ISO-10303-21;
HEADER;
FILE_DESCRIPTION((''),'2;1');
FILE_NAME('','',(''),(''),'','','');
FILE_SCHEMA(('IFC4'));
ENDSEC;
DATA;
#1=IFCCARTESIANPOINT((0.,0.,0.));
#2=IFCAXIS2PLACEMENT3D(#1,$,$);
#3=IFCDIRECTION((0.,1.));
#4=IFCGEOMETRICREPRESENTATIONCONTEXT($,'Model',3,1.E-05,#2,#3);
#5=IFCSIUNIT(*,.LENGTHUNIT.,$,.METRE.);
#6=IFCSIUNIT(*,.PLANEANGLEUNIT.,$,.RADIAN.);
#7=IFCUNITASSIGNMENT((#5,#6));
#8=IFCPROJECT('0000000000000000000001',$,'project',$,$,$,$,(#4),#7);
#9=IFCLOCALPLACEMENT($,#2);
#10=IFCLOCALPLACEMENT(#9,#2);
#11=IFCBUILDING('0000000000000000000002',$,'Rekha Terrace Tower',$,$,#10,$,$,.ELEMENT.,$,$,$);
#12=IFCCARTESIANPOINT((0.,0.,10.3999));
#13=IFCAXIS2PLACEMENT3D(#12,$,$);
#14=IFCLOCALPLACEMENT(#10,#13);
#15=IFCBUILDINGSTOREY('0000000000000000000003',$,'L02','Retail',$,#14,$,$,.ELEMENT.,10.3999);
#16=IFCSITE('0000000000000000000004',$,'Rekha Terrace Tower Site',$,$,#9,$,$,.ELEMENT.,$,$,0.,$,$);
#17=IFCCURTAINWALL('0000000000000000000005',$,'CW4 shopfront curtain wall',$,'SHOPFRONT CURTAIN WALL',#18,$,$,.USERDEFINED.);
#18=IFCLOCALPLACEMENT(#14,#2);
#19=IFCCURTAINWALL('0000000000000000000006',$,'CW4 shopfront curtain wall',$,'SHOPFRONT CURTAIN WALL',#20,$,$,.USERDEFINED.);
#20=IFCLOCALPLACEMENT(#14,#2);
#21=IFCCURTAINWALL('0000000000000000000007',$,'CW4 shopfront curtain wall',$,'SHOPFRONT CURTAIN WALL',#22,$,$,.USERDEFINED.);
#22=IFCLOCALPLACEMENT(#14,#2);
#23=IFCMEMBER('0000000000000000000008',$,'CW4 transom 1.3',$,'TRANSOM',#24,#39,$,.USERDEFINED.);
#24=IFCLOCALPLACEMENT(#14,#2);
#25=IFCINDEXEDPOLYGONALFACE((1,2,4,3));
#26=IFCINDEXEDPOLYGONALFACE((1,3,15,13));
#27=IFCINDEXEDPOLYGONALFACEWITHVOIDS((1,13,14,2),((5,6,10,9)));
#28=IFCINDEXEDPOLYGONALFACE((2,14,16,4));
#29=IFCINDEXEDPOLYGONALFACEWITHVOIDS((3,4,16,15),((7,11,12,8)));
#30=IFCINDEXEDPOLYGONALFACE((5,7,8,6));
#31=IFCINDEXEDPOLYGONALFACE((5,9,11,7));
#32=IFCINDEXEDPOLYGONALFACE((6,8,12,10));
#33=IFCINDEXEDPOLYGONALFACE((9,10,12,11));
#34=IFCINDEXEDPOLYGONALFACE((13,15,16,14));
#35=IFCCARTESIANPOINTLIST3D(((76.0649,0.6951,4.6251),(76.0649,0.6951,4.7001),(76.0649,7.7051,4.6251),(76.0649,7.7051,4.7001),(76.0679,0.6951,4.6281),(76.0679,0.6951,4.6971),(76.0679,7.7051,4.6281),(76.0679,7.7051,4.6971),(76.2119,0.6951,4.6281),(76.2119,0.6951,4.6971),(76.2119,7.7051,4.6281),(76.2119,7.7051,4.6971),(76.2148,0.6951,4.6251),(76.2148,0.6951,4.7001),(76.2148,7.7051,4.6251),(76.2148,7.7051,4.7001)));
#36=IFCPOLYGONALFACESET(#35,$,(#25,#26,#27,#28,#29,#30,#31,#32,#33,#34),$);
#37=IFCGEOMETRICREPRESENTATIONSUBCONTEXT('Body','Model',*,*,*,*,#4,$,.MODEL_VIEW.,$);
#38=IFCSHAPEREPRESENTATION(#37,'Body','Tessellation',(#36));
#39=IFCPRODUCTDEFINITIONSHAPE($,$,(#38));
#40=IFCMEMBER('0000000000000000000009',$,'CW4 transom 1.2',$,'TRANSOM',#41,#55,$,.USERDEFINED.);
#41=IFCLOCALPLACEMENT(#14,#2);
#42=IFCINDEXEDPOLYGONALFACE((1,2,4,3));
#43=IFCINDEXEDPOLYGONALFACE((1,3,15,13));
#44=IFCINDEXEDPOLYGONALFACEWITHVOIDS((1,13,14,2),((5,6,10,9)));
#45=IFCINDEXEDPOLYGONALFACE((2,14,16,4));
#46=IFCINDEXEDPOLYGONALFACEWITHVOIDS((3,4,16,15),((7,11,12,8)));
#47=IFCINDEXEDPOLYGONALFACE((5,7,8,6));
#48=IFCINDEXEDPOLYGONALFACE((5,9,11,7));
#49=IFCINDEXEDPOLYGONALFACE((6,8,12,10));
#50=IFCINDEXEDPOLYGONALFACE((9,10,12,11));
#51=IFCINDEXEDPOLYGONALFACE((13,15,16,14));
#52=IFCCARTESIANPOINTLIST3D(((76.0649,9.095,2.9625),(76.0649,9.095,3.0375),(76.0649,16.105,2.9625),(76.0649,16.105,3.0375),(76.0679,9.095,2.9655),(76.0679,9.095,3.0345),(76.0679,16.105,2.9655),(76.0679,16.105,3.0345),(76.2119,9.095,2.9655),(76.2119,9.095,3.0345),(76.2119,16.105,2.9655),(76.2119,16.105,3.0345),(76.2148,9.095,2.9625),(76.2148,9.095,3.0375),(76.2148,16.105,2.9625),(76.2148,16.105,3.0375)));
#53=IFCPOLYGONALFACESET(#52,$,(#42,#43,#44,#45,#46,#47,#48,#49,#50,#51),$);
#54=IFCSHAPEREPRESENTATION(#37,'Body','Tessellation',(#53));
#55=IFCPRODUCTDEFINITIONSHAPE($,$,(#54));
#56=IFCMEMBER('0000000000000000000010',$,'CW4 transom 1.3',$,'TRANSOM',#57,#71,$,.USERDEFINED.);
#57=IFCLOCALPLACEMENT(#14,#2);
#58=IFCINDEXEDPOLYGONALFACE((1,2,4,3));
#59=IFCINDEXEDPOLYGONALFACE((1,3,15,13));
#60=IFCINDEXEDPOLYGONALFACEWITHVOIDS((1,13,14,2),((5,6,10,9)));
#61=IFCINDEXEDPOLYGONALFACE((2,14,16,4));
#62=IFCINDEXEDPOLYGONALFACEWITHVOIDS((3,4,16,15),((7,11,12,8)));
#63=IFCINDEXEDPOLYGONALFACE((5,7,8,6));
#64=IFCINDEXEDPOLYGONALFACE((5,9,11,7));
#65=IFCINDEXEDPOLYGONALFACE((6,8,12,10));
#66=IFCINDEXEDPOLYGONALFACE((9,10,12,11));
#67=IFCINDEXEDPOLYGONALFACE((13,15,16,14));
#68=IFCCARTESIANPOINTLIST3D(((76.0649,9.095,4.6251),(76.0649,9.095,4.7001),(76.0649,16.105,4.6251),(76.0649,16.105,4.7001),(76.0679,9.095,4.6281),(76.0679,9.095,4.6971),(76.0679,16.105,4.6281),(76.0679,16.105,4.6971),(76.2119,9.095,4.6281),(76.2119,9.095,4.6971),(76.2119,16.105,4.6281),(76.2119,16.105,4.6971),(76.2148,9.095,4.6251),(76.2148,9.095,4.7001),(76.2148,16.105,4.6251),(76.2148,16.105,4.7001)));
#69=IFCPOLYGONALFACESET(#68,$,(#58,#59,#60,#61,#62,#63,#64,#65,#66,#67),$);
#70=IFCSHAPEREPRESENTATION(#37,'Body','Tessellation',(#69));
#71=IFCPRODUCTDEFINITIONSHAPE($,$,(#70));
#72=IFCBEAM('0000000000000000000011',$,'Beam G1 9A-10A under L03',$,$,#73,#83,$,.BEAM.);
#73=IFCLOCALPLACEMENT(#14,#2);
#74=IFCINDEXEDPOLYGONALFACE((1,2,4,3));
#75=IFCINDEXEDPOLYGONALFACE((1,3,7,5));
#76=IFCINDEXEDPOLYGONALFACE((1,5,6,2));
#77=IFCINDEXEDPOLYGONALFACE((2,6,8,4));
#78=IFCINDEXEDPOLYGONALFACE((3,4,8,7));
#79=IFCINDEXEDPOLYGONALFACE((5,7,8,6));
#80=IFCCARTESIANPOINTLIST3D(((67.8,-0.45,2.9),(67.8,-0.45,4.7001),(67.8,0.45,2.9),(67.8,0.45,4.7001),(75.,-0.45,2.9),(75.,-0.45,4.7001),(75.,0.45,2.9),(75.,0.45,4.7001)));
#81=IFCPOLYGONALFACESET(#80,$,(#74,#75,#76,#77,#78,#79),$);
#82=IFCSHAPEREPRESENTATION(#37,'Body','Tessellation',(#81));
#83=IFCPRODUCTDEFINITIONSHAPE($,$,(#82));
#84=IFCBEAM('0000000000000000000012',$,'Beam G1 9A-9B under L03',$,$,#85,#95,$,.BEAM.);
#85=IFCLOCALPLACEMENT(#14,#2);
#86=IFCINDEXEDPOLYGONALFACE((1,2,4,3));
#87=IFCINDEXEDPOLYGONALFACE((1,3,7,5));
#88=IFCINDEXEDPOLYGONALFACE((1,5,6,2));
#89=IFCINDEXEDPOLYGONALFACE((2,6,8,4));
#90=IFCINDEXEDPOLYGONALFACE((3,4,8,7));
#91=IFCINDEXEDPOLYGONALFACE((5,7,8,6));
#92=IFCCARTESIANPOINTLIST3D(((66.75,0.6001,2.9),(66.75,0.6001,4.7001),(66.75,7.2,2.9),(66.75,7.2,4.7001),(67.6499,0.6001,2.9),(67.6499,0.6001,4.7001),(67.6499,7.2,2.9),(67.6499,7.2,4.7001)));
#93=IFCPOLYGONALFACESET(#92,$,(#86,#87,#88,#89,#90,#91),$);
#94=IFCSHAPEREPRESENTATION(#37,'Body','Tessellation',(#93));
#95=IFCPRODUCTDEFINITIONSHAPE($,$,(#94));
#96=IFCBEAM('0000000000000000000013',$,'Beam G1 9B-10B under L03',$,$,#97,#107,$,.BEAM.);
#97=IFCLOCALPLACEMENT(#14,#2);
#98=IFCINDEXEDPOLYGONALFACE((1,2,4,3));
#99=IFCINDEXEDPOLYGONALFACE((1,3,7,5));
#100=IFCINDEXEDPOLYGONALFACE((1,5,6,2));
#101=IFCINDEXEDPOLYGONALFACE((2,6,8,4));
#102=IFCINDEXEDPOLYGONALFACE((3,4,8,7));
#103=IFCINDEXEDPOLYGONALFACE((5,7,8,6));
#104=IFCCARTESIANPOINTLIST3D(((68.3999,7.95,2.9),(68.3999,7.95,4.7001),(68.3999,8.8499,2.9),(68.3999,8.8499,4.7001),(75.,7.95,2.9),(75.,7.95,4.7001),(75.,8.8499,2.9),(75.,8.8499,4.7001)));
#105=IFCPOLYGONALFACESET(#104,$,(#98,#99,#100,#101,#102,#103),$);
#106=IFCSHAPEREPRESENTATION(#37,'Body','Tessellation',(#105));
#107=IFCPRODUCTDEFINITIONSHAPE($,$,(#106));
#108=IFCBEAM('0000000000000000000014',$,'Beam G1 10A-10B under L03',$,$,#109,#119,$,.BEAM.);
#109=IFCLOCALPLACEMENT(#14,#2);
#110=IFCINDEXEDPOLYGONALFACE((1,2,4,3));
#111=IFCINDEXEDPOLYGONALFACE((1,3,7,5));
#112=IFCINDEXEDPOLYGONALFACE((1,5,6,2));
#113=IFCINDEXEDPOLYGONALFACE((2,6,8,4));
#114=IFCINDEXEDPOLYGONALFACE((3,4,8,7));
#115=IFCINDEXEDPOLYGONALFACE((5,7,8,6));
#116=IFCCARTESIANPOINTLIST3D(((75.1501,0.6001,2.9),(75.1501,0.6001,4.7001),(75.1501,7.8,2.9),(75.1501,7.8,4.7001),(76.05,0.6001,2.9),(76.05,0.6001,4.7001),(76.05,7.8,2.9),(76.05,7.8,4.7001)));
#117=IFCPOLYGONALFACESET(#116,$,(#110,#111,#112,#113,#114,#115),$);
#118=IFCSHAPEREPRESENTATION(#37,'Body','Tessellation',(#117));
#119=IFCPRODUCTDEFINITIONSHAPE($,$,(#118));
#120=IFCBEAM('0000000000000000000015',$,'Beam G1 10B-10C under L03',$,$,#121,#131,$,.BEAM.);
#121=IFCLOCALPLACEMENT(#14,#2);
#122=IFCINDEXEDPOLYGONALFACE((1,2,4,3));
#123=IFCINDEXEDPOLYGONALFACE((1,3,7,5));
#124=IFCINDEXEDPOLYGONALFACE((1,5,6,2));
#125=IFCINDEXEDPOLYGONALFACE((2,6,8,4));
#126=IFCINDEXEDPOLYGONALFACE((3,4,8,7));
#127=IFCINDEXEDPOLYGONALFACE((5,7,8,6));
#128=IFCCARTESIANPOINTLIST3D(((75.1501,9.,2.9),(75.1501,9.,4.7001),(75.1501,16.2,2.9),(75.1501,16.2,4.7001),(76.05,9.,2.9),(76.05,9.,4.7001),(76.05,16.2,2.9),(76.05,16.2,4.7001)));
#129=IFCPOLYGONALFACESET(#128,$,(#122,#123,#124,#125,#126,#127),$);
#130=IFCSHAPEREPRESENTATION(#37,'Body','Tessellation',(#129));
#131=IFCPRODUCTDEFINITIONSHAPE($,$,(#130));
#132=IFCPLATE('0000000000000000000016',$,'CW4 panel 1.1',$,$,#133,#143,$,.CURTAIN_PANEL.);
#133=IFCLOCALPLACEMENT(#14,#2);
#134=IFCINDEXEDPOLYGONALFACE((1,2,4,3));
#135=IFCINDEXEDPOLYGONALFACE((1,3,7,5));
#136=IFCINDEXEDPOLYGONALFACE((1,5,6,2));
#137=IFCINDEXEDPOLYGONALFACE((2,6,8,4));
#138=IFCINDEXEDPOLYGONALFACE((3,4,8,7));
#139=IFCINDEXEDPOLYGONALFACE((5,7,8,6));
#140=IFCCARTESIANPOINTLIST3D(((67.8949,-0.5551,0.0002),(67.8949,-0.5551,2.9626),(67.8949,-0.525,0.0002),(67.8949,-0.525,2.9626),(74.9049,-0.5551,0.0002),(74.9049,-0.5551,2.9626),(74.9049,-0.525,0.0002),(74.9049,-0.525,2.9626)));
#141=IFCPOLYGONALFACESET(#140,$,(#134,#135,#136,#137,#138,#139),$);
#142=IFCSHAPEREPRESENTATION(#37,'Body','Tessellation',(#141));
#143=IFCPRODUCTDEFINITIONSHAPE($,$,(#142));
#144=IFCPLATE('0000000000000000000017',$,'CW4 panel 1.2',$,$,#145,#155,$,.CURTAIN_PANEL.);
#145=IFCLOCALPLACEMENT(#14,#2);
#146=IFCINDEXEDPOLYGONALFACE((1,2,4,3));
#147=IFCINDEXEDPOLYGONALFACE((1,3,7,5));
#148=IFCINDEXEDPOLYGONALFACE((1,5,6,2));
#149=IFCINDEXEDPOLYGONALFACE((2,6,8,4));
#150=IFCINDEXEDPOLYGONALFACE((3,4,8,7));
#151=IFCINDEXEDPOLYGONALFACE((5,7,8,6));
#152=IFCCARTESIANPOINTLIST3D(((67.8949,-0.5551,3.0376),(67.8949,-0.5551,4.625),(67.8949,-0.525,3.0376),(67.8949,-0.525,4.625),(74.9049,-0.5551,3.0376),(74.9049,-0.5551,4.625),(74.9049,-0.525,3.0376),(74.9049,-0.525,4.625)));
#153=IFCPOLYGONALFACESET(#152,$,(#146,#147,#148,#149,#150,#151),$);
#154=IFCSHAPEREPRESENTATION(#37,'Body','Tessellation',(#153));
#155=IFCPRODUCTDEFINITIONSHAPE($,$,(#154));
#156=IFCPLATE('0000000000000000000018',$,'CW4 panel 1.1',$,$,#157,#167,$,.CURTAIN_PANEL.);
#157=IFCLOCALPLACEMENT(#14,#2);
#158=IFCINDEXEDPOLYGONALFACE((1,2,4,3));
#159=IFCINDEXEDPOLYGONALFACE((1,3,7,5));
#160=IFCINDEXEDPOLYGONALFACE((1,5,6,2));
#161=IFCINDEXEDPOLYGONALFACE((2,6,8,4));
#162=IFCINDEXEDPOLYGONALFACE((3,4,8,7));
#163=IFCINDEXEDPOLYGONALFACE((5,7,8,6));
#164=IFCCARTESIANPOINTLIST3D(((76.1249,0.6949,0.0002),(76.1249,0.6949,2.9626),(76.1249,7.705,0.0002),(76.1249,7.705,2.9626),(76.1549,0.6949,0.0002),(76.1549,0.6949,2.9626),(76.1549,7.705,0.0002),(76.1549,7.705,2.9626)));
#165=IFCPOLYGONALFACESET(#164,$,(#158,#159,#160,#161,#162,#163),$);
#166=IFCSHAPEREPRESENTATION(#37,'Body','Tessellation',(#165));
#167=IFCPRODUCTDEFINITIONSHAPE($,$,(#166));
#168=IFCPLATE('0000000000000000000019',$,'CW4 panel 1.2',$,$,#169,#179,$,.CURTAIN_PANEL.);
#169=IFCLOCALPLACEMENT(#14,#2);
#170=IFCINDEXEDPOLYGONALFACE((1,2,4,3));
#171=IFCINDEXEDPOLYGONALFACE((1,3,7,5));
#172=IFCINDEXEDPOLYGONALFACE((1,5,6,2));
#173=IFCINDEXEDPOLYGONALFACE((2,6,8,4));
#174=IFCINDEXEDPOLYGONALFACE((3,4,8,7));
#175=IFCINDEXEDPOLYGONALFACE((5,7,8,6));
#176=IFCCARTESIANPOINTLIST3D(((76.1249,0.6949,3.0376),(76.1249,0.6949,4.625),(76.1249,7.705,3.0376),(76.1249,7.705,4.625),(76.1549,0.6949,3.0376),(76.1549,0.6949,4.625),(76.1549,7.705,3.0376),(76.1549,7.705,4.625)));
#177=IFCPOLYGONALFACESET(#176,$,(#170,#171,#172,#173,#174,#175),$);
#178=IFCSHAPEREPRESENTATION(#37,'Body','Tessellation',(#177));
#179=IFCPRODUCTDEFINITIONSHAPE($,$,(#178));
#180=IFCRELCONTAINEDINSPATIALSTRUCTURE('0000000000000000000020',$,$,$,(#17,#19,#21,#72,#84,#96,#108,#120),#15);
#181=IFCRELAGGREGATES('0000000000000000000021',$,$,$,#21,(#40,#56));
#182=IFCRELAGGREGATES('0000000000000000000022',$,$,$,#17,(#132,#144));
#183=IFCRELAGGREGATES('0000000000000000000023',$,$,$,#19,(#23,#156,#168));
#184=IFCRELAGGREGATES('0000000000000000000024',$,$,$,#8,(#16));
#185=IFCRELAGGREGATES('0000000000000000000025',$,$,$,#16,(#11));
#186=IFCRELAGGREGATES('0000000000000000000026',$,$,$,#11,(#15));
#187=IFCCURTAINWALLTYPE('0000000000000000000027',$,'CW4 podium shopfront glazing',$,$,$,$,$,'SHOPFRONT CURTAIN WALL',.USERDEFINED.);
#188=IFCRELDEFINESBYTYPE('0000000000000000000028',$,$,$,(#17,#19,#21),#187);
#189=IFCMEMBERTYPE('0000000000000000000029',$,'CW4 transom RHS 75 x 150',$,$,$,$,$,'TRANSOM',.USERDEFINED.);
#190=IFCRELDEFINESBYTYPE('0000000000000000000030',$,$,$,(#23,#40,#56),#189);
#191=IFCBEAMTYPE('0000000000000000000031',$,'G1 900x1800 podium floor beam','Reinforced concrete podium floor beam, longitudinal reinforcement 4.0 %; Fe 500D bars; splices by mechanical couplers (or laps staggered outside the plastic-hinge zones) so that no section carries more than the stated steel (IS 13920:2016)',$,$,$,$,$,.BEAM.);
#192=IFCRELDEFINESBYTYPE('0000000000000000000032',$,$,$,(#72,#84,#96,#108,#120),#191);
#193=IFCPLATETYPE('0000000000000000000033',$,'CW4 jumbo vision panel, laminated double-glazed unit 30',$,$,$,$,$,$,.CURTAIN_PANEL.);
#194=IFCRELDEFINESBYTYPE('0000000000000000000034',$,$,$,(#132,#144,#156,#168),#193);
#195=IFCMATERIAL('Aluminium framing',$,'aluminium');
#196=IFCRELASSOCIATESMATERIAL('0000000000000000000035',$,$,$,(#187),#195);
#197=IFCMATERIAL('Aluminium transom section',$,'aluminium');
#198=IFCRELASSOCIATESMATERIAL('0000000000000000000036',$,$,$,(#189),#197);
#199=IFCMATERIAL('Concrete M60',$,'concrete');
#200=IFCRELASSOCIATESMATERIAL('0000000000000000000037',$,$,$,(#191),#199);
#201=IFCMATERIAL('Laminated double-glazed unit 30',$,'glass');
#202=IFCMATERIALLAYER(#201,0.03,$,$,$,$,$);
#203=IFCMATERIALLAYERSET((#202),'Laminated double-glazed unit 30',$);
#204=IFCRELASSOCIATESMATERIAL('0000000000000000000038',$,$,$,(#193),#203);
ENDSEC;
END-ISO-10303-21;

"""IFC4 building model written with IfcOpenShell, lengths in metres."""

from ifc_helpers import new_model, si_unit, direction, frame, origin, origin_2d, place, context, subcontext, project, spatial, rectangle, hollow_rectangle, extrude, material, layer, layer_set, material_profile, profile_set, type_object, element, aggregate, save


model = new_model("IFC4")

# Units and contexts
model_context = context("Model", 3, precision=1e-05, world=origin(), true_north=direction((0.0, 1.0)))
body_context = subcontext(model_context, "Body", "Model", "MODEL_VIEW")
ifc_project = project(units=[si_unit("LENGTHUNIT", "METRE"), si_unit("PLANEANGLEUNIT", "RADIAN")], contexts=[model_context])

# Site, building, storey
site_placement = place(None, origin())
site = spatial("IfcSite", under=ifc_project, at=site_placement, Name="Rekha Terrace Tower Site", CompositionType="ELEMENT", RefElevation=0.0)
building_placement = place(site_placement, origin())
building = spatial("IfcBuilding", under=site, at=building_placement, Name="Rekha Terrace Tower", CompositionType="ELEMENT")
storey_placement = place(building_placement, frame((0.0, 0.0, 10.3999)))
storey = spatial("IfcBuildingStorey", under=building, at=storey_placement, Name="L02", Description="Retail", CompositionType="ELEMENT", Elevation=10.3999)

# Shared definitions
ifc_material_1 = material(Name="Concrete M60", Category="concrete")

# Curtain walls
ifc_material_2 = material(Name="Aluminium framing", Category="aluminium")
curtain_wall_type = type_object("IfcCurtainWallType", Name="CW4 podium shopfront glazing", ElementType="SHOPFRONT CURTAIN WALL", PredefinedType="USERDEFINED", material=ifc_material_2)
curtain_wall_1_placement = place(storey_placement, origin())
curtain_wall_1 = element("IfcCurtainWall", 1, at=curtain_wall_1_placement, inside=storey, type_object=curtain_wall_type, Name="CW4 shopfront curtain wall", ObjectType="SHOPFRONT CURTAIN WALL", PredefinedType="USERDEFINED")
curtain_wall_2_placement = place(storey_placement, origin())
curtain_wall_2 = element("IfcCurtainWall", 2, at=curtain_wall_2_placement, inside=storey, type_object=curtain_wall_type, Name="CW4 shopfront curtain wall", ObjectType="SHOPFRONT CURTAIN WALL", PredefinedType="USERDEFINED")

# Curtain wall
curtain_wall_3_placement = place(storey_placement, origin())
curtain_wall_3 = element("IfcCurtainWall", 3, at=curtain_wall_3_placement, inside=storey, type_object=curtain_wall_type, Name="CW4 shopfront curtain wall", ObjectType="SHOPFRONT CURTAIN WALL", PredefinedType="USERDEFINED")

# Members
ifc_material_3 = material(Name="Aluminium transom section", Category="aluminium")
ifc_material_profile_1 = material_profile(ifc_material_3, hollow_rectangle(XDim=0.1499, YDim=0.075, WallThickness=0.0029, at=origin_2d()), Name="AL RHS 150x75")
ifc_profile_set_1 = profile_set([ifc_material_profile_1], Name="Aluminium transom section")
member_type_1 = type_object("IfcMemberType", Name="CW4 transom RHS 75 x 150", ElementType="TRANSOM", PredefinedType="USERDEFINED", material=ifc_profile_set_1)
member_1_placement = place(storey_placement, frame((76.1399, 0.6951, 4.6626), z_axis=(0.0, 1.0, 0.0), x_axis=(-1.0, 0.0, 0.0)))
member_1 = element("IfcMember", 4, at=member_1_placement, type_object=member_type_1, Name="CW4 transom 1.3", ObjectType="TRANSOM", PredefinedType="USERDEFINED", context=body_context, shape_type="SweptSolid", body=[
    extrude(hollow_rectangle(XDim=0.1499, YDim=0.075, WallThickness=0.0029, at=origin_2d()), origin(), (0.0, 0.0, 1.0), 7.01),
])
member_2_placement = place(storey_placement, frame((76.1399, 9.095, 3.0), z_axis=(0.0, 1.0, 0.0), x_axis=(-1.0, 0.0, 0.0)))
member_2 = element("IfcMember", 5, at=member_2_placement, type_object=member_type_1, Name="CW4 transom 1.2", ObjectType="TRANSOM", PredefinedType="USERDEFINED", context=body_context, shape_type="SweptSolid", body=[
    extrude(hollow_rectangle(XDim=0.1499, YDim=0.075, WallThickness=0.0029, at=origin_2d()), origin(), (0.0, 0.0, 1.0), 7.01),
])
member_3_placement = place(storey_placement, frame((76.1399, 9.095, 4.6626), z_axis=(0.0, 1.0, 0.0), x_axis=(-1.0, 0.0, 0.0)))
member_3 = element("IfcMember", 6, at=member_3_placement, type_object=member_type_1, Name="CW4 transom 1.3", ObjectType="TRANSOM", PredefinedType="USERDEFINED", context=body_context, shape_type="SweptSolid", body=[
    extrude(hollow_rectangle(XDim=0.1499, YDim=0.075, WallThickness=0.0029, at=origin_2d()), origin(), (0.0, 0.0, 1.0), 7.01),
])
aggregate(curtain_wall_3, [member_2, member_3])

# Beams
ifc_material_profile_2 = material_profile(ifc_material_1, rectangle(XDim=0.8999, YDim=1.8, at=origin_2d()), Name="RC 900x1800")
ifc_profile_set_2 = profile_set([ifc_material_profile_2], Name="Concrete M60")
beam_type = type_object("IfcBeamType", Name="G1 900x1800 podium floor beam", Description="Reinforced concrete podium floor beam, longitudinal reinforcement 4.0 %; Fe 500D bars; splices by mechanical couplers (or laps staggered outside the plastic-hinge zones) so that no section carries more than the stated steel (IS 13920:2016)", PredefinedType="BEAM", material=ifc_profile_set_2)
beam_1_placement = place(storey_placement, frame((67.8, 0.0, 3.8), z_axis=(1.0, 0.0, 0.0), x_axis=(0.0, 1.0, 0.0)))
element("IfcBeam", 7, at=beam_1_placement, inside=storey, type_object=beam_type, Name="Beam G1 9A-10A under L03", PredefinedType="BEAM", context=body_context, shape_type="SweptSolid", body=[
    extrude(rectangle(XDim=0.8999, YDim=1.8, at=origin_2d()), origin(), (0.0, 0.0, 1.0), 7.2),
])
beam_2_placement = place(storey_placement, frame((67.2, 0.6001, 3.8), z_axis=(0.0, 1.0, 0.0), x_axis=(-1.0, 0.0, 0.0)))
element("IfcBeam", 8, at=beam_2_placement, inside=storey, type_object=beam_type, Name="Beam G1 9A-9B under L03", PredefinedType="BEAM", context=body_context, shape_type="SweptSolid", body=[
    extrude(rectangle(XDim=0.8999, YDim=1.8, at=origin_2d()), origin(), (0.0, 0.0, 1.0), 6.5999),
])
beam_3_placement = place(storey_placement, frame((68.3999, 8.3999, 3.8), z_axis=(1.0, 0.0, 0.0), x_axis=(0.0, 1.0, 0.0)))
element("IfcBeam", 9, at=beam_3_placement, inside=storey, type_object=beam_type, Name="Beam G1 9B-10B under L03", PredefinedType="BEAM", context=body_context, shape_type="SweptSolid", body=[
    extrude(rectangle(XDim=0.8999, YDim=1.8, at=origin_2d()), origin(), (0.0, 0.0, 1.0), 6.6001),
])
for number, where, z_axis, x_axis, name in (
    (10, (75.6001, 0.6001, 3.8), (0.0, 1.0, 0.0), (-1.0, 0.0, 0.0), "Beam G1 10A-10B under L03"),
    (11, (75.6001, 9.0, 3.8), (0.0, 1.0, 0.0), (-1.0, 0.0, 0.0), "Beam G1 10B-10C under L03"),
):
    element("IfcBeam", number, at=place(storey_placement, frame(where, z_axis=z_axis, x_axis=x_axis)), inside=storey, type_object=beam_type, Name=name, PredefinedType="BEAM", context=body_context, shape_type="SweptSolid", body=[
        extrude(rectangle(XDim=0.8999, YDim=1.8, at=origin_2d()), origin(), (0.0, 0.0, 1.0), 7.2),
    ])

# Plates
ifc_material_4 = material(Name="Laminated double-glazed unit 30", Category="glass")
ifc_layer = layer(ifc_material_4, 0.03)
ifc_layer_set = layer_set([ifc_layer], Name="Laminated double-glazed unit 30")
plate_type = type_object("IfcPlateType", Name="CW4 jumbo vision panel, laminated double-glazed unit 30", PredefinedType="CURTAIN_PANEL", material=ifc_layer_set)
plate_1_placement = place(storey_placement, frame((71.3999, -0.54, 0.0002), z_axis=(0.0, 0.0, 1.0), x_axis=(1.0, 0.0, 0.0)))
plate_1 = element("IfcPlate", 12, at=plate_1_placement, type_object=plate_type, Name="CW4 panel 1.1", PredefinedType="CURTAIN_PANEL", context=body_context, shape_type="SweptSolid", body=[
    extrude(rectangle(XDim=7.01, YDim=0.03, at=origin_2d()), origin(), (0.0, 0.0, 1.0), 2.9624),
])
plate_2_placement = place(storey_placement, frame((71.3999, -0.54, 3.0376), z_axis=(0.0, 0.0, 1.0), x_axis=(1.0, 0.0, 0.0)))
plate_2 = element("IfcPlate", 13, at=plate_2_placement, type_object=plate_type, Name="CW4 panel 1.2", PredefinedType="CURTAIN_PANEL", context=body_context, shape_type="SweptSolid", body=[
    extrude(rectangle(XDim=7.01, YDim=0.03, at=origin_2d()), origin(), (0.0, 0.0, 1.0), 1.5874),
])
aggregate(curtain_wall_1, [plate_1, plate_2])
plate_3_placement = place(storey_placement, frame((76.1399, 4.2, 0.0002), z_axis=(0.0, 0.0, 1.0), x_axis=(0.0, 1.0, 0.0)))
plate_3 = element("IfcPlate", 14, at=plate_3_placement, type_object=plate_type, Name="CW4 panel 1.1", PredefinedType="CURTAIN_PANEL", context=body_context, shape_type="SweptSolid", body=[
    extrude(rectangle(XDim=7.01, YDim=0.03, at=origin_2d()), origin(), (0.0, 0.0, 1.0), 2.9624),
])
plate_4_placement = place(storey_placement, frame((76.1399, 4.2, 3.0376), z_axis=(0.0, 0.0, 1.0), x_axis=(0.0, 1.0, 0.0)))
plate_4 = element("IfcPlate", 15, at=plate_4_placement, type_object=plate_type, Name="CW4 panel 1.2", PredefinedType="CURTAIN_PANEL", context=body_context, shape_type="SweptSolid", body=[
    extrude(rectangle(XDim=7.01, YDim=0.03, at=origin_2d()), origin(), (0.0, 0.0, 1.0), 1.5874),
])
aggregate(curtain_wall_2, [member_1, plate_3, plate_4])

save(model, "model.ifc")
